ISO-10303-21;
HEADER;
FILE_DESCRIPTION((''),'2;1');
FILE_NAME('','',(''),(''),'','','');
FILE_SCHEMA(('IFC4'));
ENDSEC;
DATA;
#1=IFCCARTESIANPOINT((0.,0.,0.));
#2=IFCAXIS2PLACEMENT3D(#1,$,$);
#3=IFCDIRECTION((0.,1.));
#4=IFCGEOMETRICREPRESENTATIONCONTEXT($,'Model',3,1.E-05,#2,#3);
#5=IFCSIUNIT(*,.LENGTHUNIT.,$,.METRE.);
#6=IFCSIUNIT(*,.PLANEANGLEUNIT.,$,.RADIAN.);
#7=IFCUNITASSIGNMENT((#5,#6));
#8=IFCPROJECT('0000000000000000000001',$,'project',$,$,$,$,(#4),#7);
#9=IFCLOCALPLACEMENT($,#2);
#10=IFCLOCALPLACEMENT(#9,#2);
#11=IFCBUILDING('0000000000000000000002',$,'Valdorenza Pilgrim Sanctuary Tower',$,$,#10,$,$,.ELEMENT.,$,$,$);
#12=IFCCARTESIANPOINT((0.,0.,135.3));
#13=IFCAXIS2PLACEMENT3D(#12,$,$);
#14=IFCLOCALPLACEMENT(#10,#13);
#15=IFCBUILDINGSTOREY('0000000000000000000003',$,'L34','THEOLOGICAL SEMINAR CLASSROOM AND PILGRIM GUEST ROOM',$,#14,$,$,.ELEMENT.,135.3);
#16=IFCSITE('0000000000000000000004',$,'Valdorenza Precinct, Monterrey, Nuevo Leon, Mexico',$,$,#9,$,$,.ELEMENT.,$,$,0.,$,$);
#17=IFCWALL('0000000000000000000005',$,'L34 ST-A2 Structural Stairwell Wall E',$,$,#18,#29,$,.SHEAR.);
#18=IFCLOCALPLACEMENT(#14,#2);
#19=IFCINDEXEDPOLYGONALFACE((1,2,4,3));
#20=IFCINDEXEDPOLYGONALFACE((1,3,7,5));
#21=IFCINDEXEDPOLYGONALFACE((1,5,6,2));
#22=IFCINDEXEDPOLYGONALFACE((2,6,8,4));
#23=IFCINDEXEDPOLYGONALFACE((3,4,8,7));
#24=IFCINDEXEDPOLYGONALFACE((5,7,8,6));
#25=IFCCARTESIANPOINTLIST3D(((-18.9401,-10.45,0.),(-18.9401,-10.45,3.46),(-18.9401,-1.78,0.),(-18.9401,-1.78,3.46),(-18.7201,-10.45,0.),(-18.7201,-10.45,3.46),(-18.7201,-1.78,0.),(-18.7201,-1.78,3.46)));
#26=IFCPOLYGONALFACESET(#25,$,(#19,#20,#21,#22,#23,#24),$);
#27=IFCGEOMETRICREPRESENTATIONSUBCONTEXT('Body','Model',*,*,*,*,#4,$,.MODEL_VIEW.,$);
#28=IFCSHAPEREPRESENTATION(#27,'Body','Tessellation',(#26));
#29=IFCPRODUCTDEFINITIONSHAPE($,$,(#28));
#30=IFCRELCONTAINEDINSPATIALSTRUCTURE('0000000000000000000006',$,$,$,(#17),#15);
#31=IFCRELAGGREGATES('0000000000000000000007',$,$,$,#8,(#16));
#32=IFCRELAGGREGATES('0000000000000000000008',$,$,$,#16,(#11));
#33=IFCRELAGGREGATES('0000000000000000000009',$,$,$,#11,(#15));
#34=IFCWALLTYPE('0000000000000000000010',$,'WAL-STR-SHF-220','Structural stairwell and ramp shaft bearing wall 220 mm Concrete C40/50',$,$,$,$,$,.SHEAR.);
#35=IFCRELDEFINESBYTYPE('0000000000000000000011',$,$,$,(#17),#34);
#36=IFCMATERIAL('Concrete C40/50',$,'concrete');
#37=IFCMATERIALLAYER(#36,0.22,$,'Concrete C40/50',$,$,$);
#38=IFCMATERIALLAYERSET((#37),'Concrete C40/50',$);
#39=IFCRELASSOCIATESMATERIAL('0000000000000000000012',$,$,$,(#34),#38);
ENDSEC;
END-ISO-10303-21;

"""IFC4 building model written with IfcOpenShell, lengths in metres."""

from ifc_helpers import new_model, si_unit, direction, frame, frame_2d, origin, place, context, subcontext, project, spatial, rectangle, extrude, material, layer, layer_set, type_object, element, save


model = new_model("IFC4")

# Units and contexts
model_context = context("Model", 3, precision=1e-05, world=origin(), true_north=direction((0.0, 1.0)))
body_context = subcontext(model_context, "Body", "Model", "MODEL_VIEW")
ifc_project = project(units=[si_unit("LENGTHUNIT", "METRE"), si_unit("PLANEANGLEUNIT", "RADIAN")], contexts=[model_context])

# Site, building, storey
site_placement = place(None, origin())
site = spatial("IfcSite", under=ifc_project, at=site_placement, Name="Valdorenza Precinct, Monterrey, Nuevo Leon, Mexico", CompositionType="ELEMENT", RefElevation=0.0)
building_placement = place(site_placement, origin())
building = spatial("IfcBuilding", under=site, at=building_placement, Name="Valdorenza Pilgrim Sanctuary Tower", CompositionType="ELEMENT")
storey_placement = place(building_placement, frame((0.0, 0.0, 135.3)))
storey = spatial("IfcBuildingStorey", under=building, at=storey_placement, Name="L34", Description="THEOLOGICAL SEMINAR CLASSROOM AND PILGRIM GUEST ROOM", CompositionType="ELEMENT", Elevation=135.3)

# Wall
ifc_material_1 = material(Name="Concrete C40/50", Category="concrete")
ifc_layer_1 = layer(ifc_material_1, 0.22, Name="Concrete C40/50")
ifc_layer_set_1 = layer_set([ifc_layer_1], Name="Concrete C40/50")
wall_type_1 = type_object("IfcWallType", Name="WAL-STR-SHF-220", Description="Structural stairwell and ramp shaft bearing wall 220 mm Concrete C40/50", PredefinedType="SHEAR", material=ifc_layer_set_1)
for number, where, z_axis, x_axis, name in (
    (1, (-18.8301, -10.45, 0.0), (0.0, 0.0, 1.0), (0.0, 1.0, 0.0), "L34 ST-A2 Structural Stairwell Wall E"),
):
    element("IfcWall", number, at=place(storey_placement, frame(where, z_axis=z_axis, x_axis=x_axis)), inside=storey, type_object=wall_type_1, Name=name, PredefinedType="SHEAR", context=body_context, shape_type="SweptSolid", body=[
        extrude(rectangle(XDim=8.6699, YDim=0.22, at=frame_2d((4.335, 0.0))), origin(), (0.0, 0.0, 1.0), 3.46),
    ])

save(model, "model.ifc")
